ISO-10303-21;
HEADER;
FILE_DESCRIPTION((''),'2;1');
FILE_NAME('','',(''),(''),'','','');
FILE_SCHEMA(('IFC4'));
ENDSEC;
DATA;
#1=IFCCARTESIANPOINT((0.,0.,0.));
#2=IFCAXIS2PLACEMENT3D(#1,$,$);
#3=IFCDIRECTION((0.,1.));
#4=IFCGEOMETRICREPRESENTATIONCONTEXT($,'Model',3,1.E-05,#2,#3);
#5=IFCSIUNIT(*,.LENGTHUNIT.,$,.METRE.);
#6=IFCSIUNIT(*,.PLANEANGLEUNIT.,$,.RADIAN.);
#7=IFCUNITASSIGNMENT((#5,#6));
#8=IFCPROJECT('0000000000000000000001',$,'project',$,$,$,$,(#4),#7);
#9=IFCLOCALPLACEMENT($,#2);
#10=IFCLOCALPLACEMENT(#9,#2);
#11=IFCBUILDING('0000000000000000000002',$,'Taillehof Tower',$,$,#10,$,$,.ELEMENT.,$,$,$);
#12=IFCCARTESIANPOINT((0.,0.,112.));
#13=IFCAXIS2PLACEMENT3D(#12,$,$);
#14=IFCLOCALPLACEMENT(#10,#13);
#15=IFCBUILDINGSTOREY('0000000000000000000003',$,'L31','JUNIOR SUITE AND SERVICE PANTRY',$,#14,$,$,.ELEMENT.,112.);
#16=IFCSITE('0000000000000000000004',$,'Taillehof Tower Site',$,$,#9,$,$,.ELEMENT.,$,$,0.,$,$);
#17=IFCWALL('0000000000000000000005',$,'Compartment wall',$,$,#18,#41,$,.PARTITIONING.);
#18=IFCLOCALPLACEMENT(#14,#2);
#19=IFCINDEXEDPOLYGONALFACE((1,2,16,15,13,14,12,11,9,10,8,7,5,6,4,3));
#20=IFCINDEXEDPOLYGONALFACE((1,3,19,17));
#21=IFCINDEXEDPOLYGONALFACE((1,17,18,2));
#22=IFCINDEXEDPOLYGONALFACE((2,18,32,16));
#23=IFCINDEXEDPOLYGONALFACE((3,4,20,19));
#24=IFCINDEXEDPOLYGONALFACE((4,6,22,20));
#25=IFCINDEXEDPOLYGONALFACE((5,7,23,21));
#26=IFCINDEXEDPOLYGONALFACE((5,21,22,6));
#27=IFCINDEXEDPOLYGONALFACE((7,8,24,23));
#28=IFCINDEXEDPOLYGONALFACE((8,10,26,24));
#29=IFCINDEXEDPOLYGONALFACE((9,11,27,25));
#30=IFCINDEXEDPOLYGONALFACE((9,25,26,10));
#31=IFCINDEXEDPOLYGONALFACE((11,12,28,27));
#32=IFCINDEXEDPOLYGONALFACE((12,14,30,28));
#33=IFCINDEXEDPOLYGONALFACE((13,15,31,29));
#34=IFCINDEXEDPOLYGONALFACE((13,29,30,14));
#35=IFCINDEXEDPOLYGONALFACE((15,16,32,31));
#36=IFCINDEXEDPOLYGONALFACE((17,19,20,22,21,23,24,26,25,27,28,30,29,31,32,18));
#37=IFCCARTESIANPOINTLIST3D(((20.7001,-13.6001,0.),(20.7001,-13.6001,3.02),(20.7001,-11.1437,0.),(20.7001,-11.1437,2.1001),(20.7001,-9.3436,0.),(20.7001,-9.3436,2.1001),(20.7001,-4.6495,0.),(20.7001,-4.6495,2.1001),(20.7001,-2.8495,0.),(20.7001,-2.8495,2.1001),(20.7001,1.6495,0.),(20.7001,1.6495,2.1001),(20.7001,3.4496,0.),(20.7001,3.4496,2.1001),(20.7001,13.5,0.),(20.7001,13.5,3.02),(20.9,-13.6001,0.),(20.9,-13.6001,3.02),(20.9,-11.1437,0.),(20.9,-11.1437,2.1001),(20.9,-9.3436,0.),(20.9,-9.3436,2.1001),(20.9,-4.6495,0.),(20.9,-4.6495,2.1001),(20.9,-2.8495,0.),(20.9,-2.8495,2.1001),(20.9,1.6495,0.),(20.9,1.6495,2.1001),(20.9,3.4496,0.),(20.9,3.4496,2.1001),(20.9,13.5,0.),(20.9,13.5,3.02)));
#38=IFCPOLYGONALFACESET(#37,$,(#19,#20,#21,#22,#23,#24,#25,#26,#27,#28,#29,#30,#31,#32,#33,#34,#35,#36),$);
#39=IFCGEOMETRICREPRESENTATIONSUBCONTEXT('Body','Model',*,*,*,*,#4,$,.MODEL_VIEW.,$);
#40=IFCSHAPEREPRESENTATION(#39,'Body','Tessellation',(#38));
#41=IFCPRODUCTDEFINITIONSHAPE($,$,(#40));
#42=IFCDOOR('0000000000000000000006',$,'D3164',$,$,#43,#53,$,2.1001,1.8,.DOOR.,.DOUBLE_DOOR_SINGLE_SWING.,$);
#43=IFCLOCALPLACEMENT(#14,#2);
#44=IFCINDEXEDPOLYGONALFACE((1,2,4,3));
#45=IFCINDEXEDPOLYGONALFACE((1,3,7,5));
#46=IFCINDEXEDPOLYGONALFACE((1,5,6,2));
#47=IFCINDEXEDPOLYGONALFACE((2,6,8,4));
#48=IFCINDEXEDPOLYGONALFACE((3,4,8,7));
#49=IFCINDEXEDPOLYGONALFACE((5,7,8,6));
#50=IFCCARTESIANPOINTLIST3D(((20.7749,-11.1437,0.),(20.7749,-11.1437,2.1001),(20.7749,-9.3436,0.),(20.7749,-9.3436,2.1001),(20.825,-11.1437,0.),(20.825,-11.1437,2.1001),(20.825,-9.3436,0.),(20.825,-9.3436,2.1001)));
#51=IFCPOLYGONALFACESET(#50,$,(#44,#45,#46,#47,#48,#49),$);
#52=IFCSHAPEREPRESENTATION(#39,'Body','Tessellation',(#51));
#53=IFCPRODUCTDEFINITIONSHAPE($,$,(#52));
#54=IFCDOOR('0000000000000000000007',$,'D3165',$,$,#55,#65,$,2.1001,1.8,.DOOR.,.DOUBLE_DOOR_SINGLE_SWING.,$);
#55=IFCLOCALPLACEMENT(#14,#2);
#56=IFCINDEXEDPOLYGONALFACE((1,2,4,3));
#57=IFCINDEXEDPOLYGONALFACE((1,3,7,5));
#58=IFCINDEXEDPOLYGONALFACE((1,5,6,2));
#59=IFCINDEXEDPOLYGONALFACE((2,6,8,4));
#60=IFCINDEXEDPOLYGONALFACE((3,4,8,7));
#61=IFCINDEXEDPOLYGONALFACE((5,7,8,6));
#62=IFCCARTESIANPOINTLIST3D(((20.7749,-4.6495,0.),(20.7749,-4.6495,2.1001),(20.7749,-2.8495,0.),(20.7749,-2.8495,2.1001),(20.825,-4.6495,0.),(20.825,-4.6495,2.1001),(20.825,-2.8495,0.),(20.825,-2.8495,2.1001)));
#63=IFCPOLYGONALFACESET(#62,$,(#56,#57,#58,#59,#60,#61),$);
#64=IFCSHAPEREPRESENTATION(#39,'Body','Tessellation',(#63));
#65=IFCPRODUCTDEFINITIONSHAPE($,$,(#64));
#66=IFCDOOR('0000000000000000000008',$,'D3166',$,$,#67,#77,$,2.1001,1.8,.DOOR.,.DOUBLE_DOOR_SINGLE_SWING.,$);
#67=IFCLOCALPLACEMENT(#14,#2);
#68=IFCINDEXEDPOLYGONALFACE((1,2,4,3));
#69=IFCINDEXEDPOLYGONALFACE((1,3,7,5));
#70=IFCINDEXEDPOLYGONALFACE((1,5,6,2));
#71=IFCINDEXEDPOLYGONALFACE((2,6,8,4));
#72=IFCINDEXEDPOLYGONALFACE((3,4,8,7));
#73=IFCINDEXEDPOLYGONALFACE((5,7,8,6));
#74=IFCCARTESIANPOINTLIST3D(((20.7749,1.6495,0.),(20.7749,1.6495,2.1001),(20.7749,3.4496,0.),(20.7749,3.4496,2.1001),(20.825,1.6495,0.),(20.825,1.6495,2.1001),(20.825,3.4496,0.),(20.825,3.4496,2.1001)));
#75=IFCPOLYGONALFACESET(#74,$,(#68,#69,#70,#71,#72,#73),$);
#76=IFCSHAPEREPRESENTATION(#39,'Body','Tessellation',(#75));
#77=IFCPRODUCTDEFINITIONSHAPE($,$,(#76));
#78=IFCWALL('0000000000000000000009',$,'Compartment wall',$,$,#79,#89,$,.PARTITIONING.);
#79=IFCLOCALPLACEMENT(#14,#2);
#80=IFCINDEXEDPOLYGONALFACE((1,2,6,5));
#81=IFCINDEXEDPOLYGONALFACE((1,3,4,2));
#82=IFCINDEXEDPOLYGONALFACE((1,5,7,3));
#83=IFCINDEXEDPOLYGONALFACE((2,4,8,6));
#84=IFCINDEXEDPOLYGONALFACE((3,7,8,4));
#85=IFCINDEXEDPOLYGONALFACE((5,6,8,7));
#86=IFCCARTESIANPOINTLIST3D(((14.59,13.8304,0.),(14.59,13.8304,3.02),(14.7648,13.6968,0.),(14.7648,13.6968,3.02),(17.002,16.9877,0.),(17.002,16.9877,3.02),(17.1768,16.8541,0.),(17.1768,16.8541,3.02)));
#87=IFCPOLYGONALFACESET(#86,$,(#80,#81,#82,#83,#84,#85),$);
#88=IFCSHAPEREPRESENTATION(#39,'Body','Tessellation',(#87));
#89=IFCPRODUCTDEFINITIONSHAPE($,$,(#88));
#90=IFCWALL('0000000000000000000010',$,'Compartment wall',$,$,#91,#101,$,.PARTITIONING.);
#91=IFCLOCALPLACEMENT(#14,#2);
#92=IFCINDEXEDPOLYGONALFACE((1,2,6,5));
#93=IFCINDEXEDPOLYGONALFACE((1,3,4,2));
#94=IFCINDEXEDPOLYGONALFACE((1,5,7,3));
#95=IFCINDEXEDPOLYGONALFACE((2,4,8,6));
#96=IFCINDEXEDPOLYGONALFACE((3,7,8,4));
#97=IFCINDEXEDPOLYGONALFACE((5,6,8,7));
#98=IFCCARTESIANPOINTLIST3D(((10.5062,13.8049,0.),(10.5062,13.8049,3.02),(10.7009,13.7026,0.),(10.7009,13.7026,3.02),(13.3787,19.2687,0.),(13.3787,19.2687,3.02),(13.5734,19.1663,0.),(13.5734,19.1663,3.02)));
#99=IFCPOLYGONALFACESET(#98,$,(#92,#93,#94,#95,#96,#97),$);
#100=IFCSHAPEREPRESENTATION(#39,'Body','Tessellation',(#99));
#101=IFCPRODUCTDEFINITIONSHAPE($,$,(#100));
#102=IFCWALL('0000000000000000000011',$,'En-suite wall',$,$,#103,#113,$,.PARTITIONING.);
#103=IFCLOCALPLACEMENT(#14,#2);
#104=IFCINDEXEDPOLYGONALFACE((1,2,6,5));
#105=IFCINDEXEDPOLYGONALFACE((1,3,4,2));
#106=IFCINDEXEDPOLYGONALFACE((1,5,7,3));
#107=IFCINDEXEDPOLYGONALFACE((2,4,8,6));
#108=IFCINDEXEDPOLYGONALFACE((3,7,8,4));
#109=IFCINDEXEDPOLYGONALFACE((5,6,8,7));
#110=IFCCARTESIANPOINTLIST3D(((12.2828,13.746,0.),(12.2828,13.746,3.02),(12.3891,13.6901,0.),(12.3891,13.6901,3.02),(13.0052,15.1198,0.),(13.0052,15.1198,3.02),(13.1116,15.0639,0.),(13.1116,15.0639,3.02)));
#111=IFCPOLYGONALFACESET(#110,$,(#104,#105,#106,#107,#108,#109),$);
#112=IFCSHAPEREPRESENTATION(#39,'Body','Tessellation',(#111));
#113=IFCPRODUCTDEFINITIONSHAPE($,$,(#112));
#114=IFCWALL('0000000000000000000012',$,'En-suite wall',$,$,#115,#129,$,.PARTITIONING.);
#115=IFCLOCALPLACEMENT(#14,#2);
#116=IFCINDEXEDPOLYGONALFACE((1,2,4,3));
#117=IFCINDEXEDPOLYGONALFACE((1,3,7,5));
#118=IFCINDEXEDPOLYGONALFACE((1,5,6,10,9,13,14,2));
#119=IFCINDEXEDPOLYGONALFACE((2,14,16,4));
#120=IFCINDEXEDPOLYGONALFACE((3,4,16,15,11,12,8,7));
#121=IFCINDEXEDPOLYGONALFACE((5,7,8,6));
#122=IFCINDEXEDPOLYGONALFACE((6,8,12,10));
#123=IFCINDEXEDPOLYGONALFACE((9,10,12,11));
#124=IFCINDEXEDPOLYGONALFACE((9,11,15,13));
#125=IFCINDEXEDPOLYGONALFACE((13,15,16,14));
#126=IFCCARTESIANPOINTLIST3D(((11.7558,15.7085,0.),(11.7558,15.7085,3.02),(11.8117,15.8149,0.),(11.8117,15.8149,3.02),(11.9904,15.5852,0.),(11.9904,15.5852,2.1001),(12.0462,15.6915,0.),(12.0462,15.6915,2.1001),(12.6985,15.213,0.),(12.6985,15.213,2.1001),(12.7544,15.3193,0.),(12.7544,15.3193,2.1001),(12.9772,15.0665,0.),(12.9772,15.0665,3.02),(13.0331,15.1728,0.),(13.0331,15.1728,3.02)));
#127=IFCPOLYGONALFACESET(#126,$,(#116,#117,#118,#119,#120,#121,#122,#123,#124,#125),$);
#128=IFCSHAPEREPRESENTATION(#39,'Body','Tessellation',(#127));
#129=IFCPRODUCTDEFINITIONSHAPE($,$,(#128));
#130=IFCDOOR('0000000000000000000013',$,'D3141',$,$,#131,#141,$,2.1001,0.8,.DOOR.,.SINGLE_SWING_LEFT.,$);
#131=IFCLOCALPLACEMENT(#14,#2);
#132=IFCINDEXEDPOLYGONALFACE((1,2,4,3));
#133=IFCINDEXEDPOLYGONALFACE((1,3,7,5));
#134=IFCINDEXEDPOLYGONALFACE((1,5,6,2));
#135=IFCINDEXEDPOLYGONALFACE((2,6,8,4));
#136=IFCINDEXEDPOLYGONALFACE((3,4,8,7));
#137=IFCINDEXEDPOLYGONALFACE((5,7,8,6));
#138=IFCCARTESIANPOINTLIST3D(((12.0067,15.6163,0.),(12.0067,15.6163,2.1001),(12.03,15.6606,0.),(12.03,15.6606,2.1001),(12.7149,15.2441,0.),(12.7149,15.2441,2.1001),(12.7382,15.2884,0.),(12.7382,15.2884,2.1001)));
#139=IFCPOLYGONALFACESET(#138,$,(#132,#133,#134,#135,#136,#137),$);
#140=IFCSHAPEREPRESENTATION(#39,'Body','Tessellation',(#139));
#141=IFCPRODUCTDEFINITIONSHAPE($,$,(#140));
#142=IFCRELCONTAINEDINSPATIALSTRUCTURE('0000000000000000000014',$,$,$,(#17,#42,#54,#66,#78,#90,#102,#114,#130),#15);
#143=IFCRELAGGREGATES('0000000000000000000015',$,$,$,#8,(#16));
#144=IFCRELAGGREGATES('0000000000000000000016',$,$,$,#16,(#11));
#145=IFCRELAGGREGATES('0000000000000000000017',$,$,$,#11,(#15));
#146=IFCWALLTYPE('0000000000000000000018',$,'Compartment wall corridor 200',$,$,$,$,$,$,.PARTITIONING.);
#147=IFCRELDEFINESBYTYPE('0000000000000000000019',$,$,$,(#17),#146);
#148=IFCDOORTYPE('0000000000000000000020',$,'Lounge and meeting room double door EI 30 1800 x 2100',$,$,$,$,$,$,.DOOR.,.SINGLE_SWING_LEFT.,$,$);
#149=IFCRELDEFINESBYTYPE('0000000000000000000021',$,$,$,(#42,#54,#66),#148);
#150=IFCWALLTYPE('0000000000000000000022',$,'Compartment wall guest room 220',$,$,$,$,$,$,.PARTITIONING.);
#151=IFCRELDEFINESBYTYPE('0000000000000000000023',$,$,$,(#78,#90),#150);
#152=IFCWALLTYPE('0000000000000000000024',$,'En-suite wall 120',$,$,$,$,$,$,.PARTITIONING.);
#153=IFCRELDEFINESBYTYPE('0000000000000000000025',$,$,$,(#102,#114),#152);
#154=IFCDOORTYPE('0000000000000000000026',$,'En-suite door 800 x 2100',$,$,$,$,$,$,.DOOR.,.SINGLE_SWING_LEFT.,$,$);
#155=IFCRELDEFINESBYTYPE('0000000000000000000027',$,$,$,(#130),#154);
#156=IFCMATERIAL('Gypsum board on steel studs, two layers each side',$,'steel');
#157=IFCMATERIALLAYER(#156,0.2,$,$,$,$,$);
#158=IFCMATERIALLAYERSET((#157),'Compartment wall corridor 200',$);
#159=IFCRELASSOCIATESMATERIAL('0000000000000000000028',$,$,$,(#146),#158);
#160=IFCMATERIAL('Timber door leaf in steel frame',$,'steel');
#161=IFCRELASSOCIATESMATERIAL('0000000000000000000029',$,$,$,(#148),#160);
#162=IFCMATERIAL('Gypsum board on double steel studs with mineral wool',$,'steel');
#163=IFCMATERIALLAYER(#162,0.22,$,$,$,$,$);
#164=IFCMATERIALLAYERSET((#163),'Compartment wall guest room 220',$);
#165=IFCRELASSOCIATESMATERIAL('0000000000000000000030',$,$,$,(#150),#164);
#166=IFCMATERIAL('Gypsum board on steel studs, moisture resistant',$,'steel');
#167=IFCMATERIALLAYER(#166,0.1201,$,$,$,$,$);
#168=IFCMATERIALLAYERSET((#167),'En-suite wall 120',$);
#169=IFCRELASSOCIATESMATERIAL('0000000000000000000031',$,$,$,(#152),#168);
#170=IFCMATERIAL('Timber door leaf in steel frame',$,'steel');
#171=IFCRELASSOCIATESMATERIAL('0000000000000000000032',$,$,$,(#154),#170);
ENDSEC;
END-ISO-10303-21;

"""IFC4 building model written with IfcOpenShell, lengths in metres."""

from ifc_helpers import new_model, si_unit, direction, frame, frame_2d, origin, place, context, subcontext, project, spatial, rectangle, extrude, material, layer, layer_set, type_object, element, fill, save


model = new_model("IFC4")

# Units and contexts
model_context = context("Model", 3, precision=1e-05, world=origin(), true_north=direction((0.0, 1.0)))
body_context = subcontext(model_context, "Body", "Model", "MODEL_VIEW")
ifc_project = project(units=[si_unit("LENGTHUNIT", "METRE"), si_unit("PLANEANGLEUNIT", "RADIAN")], contexts=[model_context])

# Site, building, storey
site_placement = place(None, origin())
site = spatial("IfcSite", under=ifc_project, at=site_placement, Name="Taillehof Tower Site", CompositionType="ELEMENT", RefElevation=0.0)
building_placement = place(site_placement, origin())
building = spatial("IfcBuilding", under=site, at=building_placement, Name="Taillehof Tower", CompositionType="ELEMENT")
storey_placement = place(building_placement, frame((0.0, 0.0, 112.0)))
storey = spatial("IfcBuildingStorey", under=building, at=storey_placement, Name="L31", Description="JUNIOR SUITE AND SERVICE PANTRY", CompositionType="ELEMENT", Elevation=112.0)

# Wall, openings, doors
ifc_material_1 = material(Name="Gypsum board on steel studs, two layers each side", Category="steel")
ifc_layer_1 = layer(ifc_material_1, 0.2)
ifc_layer_set_1 = layer_set([ifc_layer_1], Name="Compartment wall corridor 200")
wall_type_1 = type_object("IfcWallType", Name="Compartment wall corridor 200", PredefinedType="PARTITIONING", material=ifc_layer_set_1)
wall_1_placement = place(storey_placement, frame((20.8, 13.5, 0.0), z_axis=(0.0, 0.0, 1.0), x_axis=(0.0, -1.0, 0.0)))
wall_1 = element("IfcWall", 1, at=wall_1_placement, inside=storey, type_object=wall_type_1, Name="Compartment wall", PredefinedType="PARTITIONING", context=body_context, shape_type="SweptSolid", body=[
    extrude(rectangle(XDim=27.1001, YDim=0.2, at=frame_2d((13.55, 0.0))), origin(), (0.0, 0.0, 1.0), 3.02),
])
opening_1_placement = place(wall_1_placement, frame((22.8438, 0.0, 0.0)))
opening_1 = element("IfcOpeningElement", 2, at=opening_1_placement, cuts=wall_1, PredefinedType="OPENING", context=body_context, shape_type="SweptSolid", body=[
    extrude(rectangle(XDim=1.8, YDim=2.1001, at=frame_2d((0.8999, 1.05))), frame((0.0, 0.1099, 0.0), z_axis=(0.0, -1.0, 0.0), x_axis=(1.0, 0.0, 0.0)), (0.0, 0.0, 1.0), 0.22),
])
opening_2_placement = place(wall_1_placement, frame((16.3496, 0.0, 0.0)))
opening_2 = element("IfcOpeningElement", 3, at=opening_2_placement, cuts=wall_1, PredefinedType="OPENING", context=body_context, shape_type="SweptSolid", body=[
    extrude(rectangle(XDim=1.8, YDim=2.1001, at=frame_2d((0.8999, 1.05))), frame((0.0, 0.1099, 0.0), z_axis=(0.0, -1.0, 0.0), x_axis=(1.0, 0.0, 0.0)), (0.0, 0.0, 1.0), 0.22),
])
opening_3_placement = place(wall_1_placement, frame((10.0505, 0.0, 0.0)))
opening_3 = element("IfcOpeningElement", 4, at=opening_3_placement, cuts=wall_1, PredefinedType="OPENING", context=body_context, shape_type="SweptSolid", body=[
    extrude(rectangle(XDim=1.8, YDim=2.1001, at=frame_2d((0.8999, 1.05))), frame((0.0, 0.1099, 0.0), z_axis=(0.0, -1.0, 0.0), x_axis=(1.0, 0.0, 0.0)), (0.0, 0.0, 1.0), 0.22),
])
ifc_material_2 = material(Name="Timber door leaf in steel frame", Category="steel")
door_type_1 = type_object("IfcDoorType", Name="Lounge and meeting room double door EI 30 1800 x 2100", OperationType="SINGLE_SWING_LEFT", PredefinedType="DOOR", material=ifc_material_2)
door_1_placement = place(opening_1_placement, origin())
door_1 = element("IfcDoor", 5, at=door_1_placement, inside=storey, type_object=door_type_1, Name="D3164", OperationType="DOUBLE_DOOR_SINGLE_SWING", OverallHeight=2.1001, OverallWidth=1.8, PredefinedType="DOOR", context=body_context, shape_type="SweptSolid", body=[
    extrude(rectangle(XDim=1.8, YDim=2.1001, at=frame_2d((0.8999, 1.05))), frame((0.0, 0.0249, 0.0), z_axis=(0.0, -1.0, 0.0), x_axis=(1.0, 0.0, 0.0)), (0.0, 0.0, 1.0), 0.05),
])
fill(opening_1, door_1)
door_2_placement = place(opening_2_placement, origin())
door_2 = element("IfcDoor", 6, at=door_2_placement, inside=storey, type_object=door_type_1, Name="D3165", OperationType="DOUBLE_DOOR_SINGLE_SWING", OverallHeight=2.1001, OverallWidth=1.8, PredefinedType="DOOR", context=body_context, shape_type="SweptSolid", body=[
    extrude(rectangle(XDim=1.8, YDim=2.1001, at=frame_2d((0.8999, 1.05))), frame((0.0, 0.0249, 0.0), z_axis=(0.0, -1.0, 0.0), x_axis=(1.0, 0.0, 0.0)), (0.0, 0.0, 1.0), 0.05),
])
fill(opening_2, door_2)
door_3_placement = place(opening_3_placement, origin())
door_3 = element("IfcDoor", 7, at=door_3_placement, inside=storey, type_object=door_type_1, Name="D3166", OperationType="DOUBLE_DOOR_SINGLE_SWING", OverallHeight=2.1001, OverallWidth=1.8, PredefinedType="DOOR", context=body_context, shape_type="SweptSolid", body=[
    extrude(rectangle(XDim=1.8, YDim=2.1001, at=frame_2d((0.8999, 1.05))), frame((0.0, 0.0249, 0.0), z_axis=(0.0, -1.0, 0.0), x_axis=(1.0, 0.0, 0.0)), (0.0, 0.0, 1.0), 0.05),
])
fill(opening_3, door_3)

# Walls
ifc_material_3 = material(Name="Gypsum board on double steel studs with mineral wool", Category="steel")
ifc_layer_2 = layer(ifc_material_3, 0.22)
ifc_layer_set_2 = layer_set([ifc_layer_2], Name="Compartment wall guest room 220")
wall_type_2 = type_object("IfcWallType", Name="Compartment wall guest room 220", PredefinedType="PARTITIONING", material=ifc_layer_set_2)
wall_2_placement = place(storey_placement, frame((17.0894, 16.9209, 0.0), z_axis=(0.0, 0.0, 1.0), x_axis=(-0.607055, -0.794659, 0.0)))
element("IfcWall", 8, at=wall_2_placement, inside=storey, type_object=wall_type_2, Name="Compartment wall", PredefinedType="PARTITIONING", context=body_context, shape_type="SweptSolid", body=[
    extrude(rectangle(XDim=3.9731, YDim=0.22, at=frame_2d((1.9866, 0.0))), origin(), (0.0, 0.0, 1.0), 3.02),
])
wall_3_placement = place(storey_placement, frame((13.4761, 19.2175, 0.0), z_axis=(0.0, 0.0, 1.0), x_axis=(-0.465345, -0.885129, 0.0)))
element("IfcWall", 9, at=wall_3_placement, inside=storey, type_object=wall_type_2, Name="Compartment wall", PredefinedType="PARTITIONING", context=body_context, shape_type="SweptSolid", body=[
    extrude(rectangle(XDim=6.1729, YDim=0.22, at=frame_2d((3.0864, 0.0))), origin(), (0.0, 0.0, 1.0), 3.02),
])
ifc_material_4 = material(Name="Gypsum board on steel studs, moisture resistant", Category="steel")
ifc_layer_3 = layer(ifc_material_4, 0.1201)
ifc_layer_set_3 = layer_set([ifc_layer_3], Name="En-suite wall 120")
wall_type_3 = type_object("IfcWallType", Name="En-suite wall 120", PredefinedType="PARTITIONING", material=ifc_layer_set_3)
wall_4_placement = place(storey_placement, frame((12.3359, 13.718, 0.0), z_axis=(0.0, 0.0, 1.0), x_axis=(0.465429, 0.885085, 0.0)))
element("IfcWall", 10, at=wall_4_placement, inside=storey, type_object=wall_type_3, Name="En-suite wall", PredefinedType="PARTITIONING", context=body_context, shape_type="SweptSolid", body=[
    extrude(rectangle(XDim=1.5522, YDim=0.1201, at=frame_2d((0.7761, 0.0))), origin(), (0.0, 0.0, 1.0), 3.02),
])

# Wall, opening, door
wall_5_placement = place(storey_placement, frame((13.0051, 15.1196, 0.0), z_axis=(0.0, 0.0, 1.0), x_axis=(-0.885148, 0.465309, 0.0)))
wall_5 = element("IfcWall", 11, at=wall_5_placement, inside=storey, type_object=wall_type_3, Name="En-suite wall", PredefinedType="PARTITIONING", context=body_context, shape_type="SweptSolid", body=[
    extrude(rectangle(XDim=1.3799, YDim=0.1201, at=frame_2d((0.6899, 0.0))), origin(), (0.0, 0.0, 1.0), 3.02),
])
opening_4_placement = place(wall_5_placement, frame((0.3149, 0.0, 0.0)))
opening_4 = element("IfcOpeningElement", 12, at=opening_4_placement, cuts=wall_5, PredefinedType="OPENING", context=body_context, shape_type="SweptSolid", body=[
    extrude(rectangle(XDim=0.8, YDim=2.1001, at=frame_2d((0.3999, 1.05))), frame((0.0, 0.0701, 0.0), z_axis=(0.0, -1.0, 0.0), x_axis=(1.0, 0.0, 0.0)), (0.0, 0.0, 1.0), 0.1401),
])
ifc_material_5 = material(Name="Timber door leaf in steel frame", Category="steel")
door_type_2 = type_object("IfcDoorType", Name="En-suite door 800 x 2100", OperationType="SINGLE_SWING_LEFT", PredefinedType="DOOR", material=ifc_material_5)
door_4_placement = place(opening_4_placement, origin())
door_4 = element("IfcDoor", 13, at=door_4_placement, inside=storey, type_object=door_type_2, Name="D3141", OperationType="SINGLE_SWING_LEFT", OverallHeight=2.1001, OverallWidth=0.8, PredefinedType="DOOR", context=body_context, shape_type="SweptSolid", body=[
    extrude(rectangle(XDim=0.8, YDim=2.1001, at=frame_2d((0.3999, 1.05))), frame((0.0, 0.0249, 0.0), z_axis=(0.0, -1.0, 0.0), x_axis=(1.0, 0.0, 0.0)), (0.0, 0.0, 1.0), 0.05),
])
fill(opening_4, door_4)

save(model, "model.ifc")
